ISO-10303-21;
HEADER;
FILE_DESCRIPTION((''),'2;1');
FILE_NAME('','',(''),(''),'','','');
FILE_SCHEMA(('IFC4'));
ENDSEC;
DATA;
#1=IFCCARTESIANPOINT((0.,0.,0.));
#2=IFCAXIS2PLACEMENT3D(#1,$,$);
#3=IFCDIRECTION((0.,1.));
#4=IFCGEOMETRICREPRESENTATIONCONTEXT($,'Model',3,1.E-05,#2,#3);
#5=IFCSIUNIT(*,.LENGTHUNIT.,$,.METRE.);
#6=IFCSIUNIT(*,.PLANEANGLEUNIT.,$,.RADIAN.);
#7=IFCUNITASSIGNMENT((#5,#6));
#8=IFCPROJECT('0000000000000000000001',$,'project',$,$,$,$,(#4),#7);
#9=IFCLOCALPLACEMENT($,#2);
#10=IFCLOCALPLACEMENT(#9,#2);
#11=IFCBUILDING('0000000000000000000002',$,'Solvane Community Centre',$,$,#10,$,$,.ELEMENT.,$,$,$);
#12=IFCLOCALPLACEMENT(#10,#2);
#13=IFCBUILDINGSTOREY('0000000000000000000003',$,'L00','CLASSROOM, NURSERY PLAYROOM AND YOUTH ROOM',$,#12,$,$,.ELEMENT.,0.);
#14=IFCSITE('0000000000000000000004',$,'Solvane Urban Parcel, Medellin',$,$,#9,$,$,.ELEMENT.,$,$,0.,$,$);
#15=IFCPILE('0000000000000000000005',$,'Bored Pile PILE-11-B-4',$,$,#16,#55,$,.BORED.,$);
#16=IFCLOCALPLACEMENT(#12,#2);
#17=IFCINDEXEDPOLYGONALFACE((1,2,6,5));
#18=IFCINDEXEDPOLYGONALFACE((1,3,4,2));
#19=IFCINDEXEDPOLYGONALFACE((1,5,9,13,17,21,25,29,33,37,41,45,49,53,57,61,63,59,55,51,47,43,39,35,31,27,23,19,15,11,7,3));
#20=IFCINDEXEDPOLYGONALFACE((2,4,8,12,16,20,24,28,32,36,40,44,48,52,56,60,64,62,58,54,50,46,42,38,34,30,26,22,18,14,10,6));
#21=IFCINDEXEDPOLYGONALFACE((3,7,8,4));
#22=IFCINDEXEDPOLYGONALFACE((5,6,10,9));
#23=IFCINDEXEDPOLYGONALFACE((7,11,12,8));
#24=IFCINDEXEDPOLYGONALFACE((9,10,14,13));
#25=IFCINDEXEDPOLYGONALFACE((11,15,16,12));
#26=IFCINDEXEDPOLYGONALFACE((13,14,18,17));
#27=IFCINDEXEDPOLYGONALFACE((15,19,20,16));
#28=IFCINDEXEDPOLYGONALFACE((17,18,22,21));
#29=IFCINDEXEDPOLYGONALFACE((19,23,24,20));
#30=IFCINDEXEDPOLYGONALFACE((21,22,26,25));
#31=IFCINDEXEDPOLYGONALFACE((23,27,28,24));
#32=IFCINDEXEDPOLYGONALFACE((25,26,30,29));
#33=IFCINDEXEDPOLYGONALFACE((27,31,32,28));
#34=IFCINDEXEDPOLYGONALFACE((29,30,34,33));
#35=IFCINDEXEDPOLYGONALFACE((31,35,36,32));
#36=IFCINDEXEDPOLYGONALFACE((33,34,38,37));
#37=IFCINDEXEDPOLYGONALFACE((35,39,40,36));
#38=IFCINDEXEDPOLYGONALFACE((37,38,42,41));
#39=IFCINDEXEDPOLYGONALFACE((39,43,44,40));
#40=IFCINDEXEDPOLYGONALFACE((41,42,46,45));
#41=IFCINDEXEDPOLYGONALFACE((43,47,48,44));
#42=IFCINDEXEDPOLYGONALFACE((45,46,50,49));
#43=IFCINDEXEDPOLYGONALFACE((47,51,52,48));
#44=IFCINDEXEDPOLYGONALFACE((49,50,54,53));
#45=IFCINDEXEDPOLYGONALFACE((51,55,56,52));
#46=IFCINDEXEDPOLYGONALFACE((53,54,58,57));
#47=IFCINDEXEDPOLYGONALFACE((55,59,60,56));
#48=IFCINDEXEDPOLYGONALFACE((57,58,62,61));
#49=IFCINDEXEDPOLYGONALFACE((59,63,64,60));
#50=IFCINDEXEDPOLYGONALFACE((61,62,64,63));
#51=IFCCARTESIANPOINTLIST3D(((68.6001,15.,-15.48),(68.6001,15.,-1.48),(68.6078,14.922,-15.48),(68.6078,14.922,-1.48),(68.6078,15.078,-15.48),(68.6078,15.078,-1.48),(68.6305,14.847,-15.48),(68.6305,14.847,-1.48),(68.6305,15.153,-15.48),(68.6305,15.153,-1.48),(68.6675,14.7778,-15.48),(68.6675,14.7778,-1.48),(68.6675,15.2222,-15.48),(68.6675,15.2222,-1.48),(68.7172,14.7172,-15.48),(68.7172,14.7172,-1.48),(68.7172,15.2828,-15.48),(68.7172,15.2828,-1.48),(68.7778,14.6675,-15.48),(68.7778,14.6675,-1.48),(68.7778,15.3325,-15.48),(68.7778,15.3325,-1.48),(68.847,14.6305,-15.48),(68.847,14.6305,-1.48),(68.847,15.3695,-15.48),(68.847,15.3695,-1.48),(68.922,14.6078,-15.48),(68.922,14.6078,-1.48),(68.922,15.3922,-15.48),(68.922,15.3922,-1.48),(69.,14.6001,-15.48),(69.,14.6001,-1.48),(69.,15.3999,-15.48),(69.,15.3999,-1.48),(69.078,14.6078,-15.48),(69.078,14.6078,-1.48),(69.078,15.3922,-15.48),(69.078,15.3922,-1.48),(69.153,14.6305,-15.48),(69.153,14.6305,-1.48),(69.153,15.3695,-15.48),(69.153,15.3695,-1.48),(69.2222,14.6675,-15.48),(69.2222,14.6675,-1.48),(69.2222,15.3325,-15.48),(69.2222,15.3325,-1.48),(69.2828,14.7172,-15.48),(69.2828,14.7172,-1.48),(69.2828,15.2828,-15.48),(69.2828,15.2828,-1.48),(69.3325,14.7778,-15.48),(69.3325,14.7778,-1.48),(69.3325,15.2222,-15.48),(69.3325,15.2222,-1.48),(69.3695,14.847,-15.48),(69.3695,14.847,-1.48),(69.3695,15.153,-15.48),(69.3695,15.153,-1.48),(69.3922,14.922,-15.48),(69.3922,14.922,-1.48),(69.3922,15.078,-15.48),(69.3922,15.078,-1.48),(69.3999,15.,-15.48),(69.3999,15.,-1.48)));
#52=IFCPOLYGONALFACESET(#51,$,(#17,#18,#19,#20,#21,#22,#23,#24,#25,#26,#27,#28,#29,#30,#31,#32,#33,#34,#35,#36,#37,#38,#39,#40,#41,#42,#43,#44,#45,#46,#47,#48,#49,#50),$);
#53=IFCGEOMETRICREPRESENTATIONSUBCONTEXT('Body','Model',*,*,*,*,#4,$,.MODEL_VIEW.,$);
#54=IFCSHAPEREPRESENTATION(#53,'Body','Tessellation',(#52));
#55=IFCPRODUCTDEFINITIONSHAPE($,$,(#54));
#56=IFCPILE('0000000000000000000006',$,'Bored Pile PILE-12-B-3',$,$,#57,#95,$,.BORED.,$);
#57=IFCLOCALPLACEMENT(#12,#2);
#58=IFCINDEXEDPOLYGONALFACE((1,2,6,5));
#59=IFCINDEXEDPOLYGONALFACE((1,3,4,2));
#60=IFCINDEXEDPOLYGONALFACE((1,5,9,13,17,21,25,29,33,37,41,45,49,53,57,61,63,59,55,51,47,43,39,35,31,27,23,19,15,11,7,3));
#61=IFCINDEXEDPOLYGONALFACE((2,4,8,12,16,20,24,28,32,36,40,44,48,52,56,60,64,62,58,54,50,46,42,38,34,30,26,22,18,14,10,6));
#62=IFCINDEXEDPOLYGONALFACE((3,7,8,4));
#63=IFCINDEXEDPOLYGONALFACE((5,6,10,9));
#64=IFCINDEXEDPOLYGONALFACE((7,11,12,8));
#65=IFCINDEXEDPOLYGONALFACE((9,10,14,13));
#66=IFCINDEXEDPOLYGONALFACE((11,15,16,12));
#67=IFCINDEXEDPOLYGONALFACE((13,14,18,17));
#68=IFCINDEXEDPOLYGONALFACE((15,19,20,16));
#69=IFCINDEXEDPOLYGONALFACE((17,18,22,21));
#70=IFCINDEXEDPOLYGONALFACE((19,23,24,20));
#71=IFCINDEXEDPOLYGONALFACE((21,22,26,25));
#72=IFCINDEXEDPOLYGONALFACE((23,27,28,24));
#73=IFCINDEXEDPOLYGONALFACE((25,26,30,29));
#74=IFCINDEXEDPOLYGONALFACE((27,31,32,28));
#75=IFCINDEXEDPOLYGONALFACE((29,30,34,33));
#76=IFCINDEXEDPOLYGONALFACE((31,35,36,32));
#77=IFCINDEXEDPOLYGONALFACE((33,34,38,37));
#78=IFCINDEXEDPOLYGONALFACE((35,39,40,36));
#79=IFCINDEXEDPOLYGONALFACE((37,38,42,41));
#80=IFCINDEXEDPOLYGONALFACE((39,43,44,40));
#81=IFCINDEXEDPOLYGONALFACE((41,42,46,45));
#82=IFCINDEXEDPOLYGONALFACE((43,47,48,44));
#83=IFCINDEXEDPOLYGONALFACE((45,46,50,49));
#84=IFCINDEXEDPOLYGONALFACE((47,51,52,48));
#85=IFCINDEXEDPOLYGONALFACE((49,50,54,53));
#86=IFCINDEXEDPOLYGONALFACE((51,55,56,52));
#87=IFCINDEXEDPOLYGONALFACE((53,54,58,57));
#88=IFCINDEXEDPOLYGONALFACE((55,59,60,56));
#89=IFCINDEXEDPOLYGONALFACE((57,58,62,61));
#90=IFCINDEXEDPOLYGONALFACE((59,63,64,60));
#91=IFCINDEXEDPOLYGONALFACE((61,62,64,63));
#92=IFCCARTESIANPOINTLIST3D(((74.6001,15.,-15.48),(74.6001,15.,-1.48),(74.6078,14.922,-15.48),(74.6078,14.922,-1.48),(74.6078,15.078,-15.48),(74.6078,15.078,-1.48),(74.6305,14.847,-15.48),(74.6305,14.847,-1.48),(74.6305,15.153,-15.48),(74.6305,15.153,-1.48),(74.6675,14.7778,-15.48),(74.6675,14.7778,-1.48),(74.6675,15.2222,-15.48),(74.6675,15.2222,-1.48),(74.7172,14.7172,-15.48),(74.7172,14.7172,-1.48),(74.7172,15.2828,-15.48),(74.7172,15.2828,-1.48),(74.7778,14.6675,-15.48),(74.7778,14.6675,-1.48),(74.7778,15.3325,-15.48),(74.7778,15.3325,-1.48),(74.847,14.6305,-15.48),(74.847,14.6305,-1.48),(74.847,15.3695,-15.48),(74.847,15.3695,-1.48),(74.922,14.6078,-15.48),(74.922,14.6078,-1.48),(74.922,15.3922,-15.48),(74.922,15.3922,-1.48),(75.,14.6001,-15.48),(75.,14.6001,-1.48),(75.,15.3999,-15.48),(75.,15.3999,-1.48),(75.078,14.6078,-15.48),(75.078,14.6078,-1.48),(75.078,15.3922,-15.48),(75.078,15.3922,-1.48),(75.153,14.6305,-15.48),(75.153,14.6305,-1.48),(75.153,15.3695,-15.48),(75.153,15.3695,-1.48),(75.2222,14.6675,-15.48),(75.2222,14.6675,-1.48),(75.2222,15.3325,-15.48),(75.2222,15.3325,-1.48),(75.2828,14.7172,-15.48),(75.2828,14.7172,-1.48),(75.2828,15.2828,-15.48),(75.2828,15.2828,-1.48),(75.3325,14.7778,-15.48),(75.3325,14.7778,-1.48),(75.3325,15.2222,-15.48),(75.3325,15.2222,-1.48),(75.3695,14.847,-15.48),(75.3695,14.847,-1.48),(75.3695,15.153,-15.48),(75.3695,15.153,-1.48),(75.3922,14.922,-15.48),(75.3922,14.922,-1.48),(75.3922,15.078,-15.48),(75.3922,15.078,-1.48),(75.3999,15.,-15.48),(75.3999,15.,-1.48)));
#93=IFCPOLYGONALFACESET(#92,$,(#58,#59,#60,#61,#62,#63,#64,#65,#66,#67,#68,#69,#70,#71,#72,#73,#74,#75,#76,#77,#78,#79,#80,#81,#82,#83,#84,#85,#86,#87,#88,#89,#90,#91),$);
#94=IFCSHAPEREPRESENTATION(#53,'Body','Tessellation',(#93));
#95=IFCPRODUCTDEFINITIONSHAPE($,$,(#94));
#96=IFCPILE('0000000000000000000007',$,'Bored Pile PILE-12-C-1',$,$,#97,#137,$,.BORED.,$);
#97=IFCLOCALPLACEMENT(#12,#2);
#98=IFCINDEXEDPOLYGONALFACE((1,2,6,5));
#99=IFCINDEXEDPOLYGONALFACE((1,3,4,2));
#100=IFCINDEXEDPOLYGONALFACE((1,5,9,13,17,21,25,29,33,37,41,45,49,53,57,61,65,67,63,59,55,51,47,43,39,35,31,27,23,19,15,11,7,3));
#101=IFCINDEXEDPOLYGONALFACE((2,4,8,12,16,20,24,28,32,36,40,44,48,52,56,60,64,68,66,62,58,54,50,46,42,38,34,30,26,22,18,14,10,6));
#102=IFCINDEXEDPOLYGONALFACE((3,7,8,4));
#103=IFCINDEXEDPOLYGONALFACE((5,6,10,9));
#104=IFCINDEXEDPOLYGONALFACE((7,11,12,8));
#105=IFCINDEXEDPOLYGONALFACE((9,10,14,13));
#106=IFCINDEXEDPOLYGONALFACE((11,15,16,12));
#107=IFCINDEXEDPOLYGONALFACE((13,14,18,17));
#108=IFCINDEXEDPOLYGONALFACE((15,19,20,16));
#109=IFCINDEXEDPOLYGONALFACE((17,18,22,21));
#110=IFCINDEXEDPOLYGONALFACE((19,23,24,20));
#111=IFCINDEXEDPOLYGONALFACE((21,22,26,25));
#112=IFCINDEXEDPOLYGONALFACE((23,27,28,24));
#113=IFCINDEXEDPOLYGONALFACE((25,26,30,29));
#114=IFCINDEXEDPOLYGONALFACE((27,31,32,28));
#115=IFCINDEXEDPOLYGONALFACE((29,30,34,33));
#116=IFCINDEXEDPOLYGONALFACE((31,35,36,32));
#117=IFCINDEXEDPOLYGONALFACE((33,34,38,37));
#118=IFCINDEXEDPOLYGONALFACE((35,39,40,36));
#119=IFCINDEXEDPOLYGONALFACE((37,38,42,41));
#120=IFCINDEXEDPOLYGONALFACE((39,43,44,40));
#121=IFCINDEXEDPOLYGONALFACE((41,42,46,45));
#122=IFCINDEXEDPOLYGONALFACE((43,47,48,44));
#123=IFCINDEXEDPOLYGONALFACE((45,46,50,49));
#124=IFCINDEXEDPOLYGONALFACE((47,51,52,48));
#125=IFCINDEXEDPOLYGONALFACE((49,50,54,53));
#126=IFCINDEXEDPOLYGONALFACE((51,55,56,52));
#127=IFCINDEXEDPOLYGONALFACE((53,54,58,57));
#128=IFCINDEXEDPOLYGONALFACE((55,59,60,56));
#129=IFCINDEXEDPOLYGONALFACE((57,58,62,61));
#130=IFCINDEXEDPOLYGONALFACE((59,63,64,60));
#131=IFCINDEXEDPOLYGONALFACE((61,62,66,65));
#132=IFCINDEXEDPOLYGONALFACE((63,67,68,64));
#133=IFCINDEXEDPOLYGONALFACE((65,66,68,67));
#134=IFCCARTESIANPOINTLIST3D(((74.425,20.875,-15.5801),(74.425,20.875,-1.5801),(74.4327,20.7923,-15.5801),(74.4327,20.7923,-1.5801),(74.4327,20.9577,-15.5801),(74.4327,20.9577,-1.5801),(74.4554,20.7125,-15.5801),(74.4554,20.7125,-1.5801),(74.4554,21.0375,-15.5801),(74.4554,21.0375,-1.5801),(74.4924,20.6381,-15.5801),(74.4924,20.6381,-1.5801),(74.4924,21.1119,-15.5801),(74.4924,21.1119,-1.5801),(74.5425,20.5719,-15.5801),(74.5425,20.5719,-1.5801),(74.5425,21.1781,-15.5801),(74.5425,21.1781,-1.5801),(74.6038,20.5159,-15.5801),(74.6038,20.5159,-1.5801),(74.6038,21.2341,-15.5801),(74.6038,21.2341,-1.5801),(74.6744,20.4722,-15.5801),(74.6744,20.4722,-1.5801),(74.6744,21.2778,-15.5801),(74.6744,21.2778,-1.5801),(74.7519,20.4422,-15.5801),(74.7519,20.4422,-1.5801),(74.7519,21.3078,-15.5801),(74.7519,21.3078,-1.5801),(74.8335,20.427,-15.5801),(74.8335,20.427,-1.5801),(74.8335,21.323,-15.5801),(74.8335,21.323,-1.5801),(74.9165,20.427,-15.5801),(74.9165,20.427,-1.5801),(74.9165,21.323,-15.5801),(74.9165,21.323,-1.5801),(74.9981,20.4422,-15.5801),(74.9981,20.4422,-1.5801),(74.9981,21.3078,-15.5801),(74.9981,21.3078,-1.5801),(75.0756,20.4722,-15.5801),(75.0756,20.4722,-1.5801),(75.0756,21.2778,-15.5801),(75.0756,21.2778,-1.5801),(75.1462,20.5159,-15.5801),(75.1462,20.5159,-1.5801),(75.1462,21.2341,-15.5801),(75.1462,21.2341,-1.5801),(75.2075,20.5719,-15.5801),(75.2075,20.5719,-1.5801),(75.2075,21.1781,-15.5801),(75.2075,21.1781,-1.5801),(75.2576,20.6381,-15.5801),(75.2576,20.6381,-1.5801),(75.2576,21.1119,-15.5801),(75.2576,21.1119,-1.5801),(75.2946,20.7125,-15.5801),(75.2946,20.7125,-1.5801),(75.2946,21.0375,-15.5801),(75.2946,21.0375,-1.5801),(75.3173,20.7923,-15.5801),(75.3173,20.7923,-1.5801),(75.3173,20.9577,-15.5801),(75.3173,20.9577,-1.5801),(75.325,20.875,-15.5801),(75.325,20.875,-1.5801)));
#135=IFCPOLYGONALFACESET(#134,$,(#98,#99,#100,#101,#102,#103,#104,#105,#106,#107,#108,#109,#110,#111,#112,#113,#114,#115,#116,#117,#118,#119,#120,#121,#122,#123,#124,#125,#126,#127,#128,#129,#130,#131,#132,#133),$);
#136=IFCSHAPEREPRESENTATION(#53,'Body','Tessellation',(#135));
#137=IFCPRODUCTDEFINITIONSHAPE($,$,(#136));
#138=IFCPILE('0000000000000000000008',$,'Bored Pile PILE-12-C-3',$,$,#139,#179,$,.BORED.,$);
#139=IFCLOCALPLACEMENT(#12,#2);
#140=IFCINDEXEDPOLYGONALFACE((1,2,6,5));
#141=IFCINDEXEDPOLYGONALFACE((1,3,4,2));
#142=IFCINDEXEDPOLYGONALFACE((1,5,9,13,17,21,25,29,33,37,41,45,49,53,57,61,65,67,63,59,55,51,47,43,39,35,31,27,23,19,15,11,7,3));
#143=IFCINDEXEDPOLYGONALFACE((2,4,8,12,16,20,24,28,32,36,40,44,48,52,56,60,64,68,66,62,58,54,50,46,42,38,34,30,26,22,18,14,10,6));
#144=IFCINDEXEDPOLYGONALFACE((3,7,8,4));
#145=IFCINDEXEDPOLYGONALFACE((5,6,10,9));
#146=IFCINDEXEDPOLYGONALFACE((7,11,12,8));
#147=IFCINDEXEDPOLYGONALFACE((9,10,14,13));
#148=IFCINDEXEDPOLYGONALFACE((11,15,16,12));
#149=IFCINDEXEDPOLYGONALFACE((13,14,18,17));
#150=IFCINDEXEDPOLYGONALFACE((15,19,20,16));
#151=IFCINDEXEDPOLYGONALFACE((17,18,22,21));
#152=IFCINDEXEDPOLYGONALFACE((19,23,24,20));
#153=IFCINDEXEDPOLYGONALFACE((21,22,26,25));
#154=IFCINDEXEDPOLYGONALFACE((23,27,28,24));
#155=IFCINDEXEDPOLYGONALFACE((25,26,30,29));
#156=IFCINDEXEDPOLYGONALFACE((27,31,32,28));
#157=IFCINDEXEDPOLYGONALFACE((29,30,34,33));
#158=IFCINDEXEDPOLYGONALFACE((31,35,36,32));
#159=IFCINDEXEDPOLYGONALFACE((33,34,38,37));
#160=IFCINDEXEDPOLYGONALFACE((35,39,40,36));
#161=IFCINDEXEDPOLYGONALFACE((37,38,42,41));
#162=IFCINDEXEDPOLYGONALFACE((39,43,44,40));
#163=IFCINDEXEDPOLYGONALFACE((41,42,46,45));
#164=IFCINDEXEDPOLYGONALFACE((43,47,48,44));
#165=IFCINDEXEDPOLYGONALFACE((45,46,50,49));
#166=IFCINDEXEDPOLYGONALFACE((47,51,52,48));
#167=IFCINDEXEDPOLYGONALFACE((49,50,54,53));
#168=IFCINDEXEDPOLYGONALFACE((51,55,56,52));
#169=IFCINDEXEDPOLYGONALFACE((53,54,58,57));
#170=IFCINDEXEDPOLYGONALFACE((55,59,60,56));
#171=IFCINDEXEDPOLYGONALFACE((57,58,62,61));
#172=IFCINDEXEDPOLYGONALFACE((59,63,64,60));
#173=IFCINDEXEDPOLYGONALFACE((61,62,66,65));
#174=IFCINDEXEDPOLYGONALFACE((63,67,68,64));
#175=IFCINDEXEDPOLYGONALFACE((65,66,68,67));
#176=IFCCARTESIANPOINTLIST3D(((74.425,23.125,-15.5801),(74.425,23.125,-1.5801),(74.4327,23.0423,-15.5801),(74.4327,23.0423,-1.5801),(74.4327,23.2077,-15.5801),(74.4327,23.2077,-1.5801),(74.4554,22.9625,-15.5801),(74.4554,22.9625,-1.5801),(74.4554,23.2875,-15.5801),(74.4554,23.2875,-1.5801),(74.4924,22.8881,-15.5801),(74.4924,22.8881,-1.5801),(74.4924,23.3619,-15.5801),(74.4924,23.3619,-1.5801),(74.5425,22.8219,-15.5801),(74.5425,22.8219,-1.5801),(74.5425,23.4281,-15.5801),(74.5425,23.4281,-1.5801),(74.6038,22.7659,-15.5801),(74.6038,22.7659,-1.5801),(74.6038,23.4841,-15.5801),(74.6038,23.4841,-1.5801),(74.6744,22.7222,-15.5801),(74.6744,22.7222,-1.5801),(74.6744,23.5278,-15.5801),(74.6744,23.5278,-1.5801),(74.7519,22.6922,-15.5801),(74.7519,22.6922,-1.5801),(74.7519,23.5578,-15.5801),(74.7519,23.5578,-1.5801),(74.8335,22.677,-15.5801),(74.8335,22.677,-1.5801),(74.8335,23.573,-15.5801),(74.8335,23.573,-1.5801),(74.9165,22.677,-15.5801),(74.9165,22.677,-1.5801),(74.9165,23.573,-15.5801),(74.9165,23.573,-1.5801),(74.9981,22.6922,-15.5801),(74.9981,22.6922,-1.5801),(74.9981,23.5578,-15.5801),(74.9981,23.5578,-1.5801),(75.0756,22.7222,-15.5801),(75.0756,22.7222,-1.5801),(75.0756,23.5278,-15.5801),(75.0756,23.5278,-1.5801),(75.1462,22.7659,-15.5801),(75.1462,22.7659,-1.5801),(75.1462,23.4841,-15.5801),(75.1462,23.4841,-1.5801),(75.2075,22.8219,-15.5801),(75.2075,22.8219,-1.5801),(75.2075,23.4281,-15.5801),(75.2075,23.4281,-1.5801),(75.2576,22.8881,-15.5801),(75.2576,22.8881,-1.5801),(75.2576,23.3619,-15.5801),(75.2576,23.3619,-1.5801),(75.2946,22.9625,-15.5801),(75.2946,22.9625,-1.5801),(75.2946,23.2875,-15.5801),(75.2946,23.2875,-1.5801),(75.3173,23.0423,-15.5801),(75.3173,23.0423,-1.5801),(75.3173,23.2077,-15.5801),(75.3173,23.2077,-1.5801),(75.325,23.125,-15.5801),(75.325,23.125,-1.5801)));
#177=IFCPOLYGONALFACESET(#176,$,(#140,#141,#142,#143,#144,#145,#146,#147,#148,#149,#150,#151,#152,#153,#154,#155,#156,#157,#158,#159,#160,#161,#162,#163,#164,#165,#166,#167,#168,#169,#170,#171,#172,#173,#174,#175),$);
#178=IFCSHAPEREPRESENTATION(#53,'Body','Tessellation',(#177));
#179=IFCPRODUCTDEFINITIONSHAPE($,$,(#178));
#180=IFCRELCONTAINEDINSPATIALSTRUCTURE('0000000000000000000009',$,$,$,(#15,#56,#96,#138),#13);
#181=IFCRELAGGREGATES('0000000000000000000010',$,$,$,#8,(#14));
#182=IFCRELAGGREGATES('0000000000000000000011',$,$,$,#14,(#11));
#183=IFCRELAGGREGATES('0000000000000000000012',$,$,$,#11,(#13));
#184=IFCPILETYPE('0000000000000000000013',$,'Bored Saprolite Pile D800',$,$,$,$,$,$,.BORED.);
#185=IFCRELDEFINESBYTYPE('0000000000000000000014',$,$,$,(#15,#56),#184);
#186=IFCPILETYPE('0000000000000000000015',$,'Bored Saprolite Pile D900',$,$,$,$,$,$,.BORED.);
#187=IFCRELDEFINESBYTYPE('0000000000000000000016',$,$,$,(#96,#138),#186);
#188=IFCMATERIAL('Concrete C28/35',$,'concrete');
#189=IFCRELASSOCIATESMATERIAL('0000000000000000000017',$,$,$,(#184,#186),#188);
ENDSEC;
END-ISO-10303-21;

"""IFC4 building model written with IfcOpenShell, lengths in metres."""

from ifc_helpers import new_model, si_unit, direction, frame, origin, origin_2d, place, context, subcontext, project, spatial, circle, extrude, material, material_profile, profile_set, type_object, element, save


model = new_model("IFC4")

# Units and contexts
model_context = context("Model", 3, precision=1e-05, world=origin(), true_north=direction((0.0, 1.0)))
body_context = subcontext(model_context, "Body", "Model", "MODEL_VIEW")
ifc_project = project(units=[si_unit("LENGTHUNIT", "METRE"), si_unit("PLANEANGLEUNIT", "RADIAN")], contexts=[model_context])

# Site, building, storey
site_placement = place(None, origin())
site = spatial("IfcSite", under=ifc_project, at=site_placement, Name="Solvane Urban Parcel, Medellin", CompositionType="ELEMENT", RefElevation=0.0)
building_placement = place(site_placement, origin())
building = spatial("IfcBuilding", under=site, at=building_placement, Name="Solvane Community Centre", CompositionType="ELEMENT")
storey_placement = place(building_placement, origin())
storey = spatial("IfcBuildingStorey", under=building, at=storey_placement, Name="L00", Description="CLASSROOM, NURSERY PLAYROOM AND YOUTH ROOM", CompositionType="ELEMENT", Elevation=0.0)

# Piles
ifc_material_1 = material(Name="Concrete C28/35", Category="concrete")
ifc_material_profile_1 = material_profile(ifc_material_1, circle(Radius=0.3999, at=origin_2d()), Name="PILE D800")
ifc_profile_set_1 = profile_set([ifc_material_profile_1], Name="Concrete C28/35")
pile_type_1 = type_object("IfcPileType", Name="Bored Saprolite Pile D800", PredefinedType="BORED", material=ifc_profile_set_1)
for number, where, z_axis, x_axis, name in (
    (1, (69.0, 15.0, -1.48), (0.0, 0.0, -1.0), (1.0, 0.0, 0.0), "Bored Pile PILE-11-B-4"),
    (2, (75.0, 15.0, -1.48), (0.0, 0.0, -1.0), (1.0, 0.0, 0.0), "Bored Pile PILE-12-B-3"),
):
    element("IfcPile", number, at=place(storey_placement, frame(where, z_axis=z_axis, x_axis=x_axis)), inside=storey, type_object=pile_type_1, Name=name, PredefinedType="BORED", context=body_context, shape_type="SweptSolid", body=[
        extrude(circle(Radius=0.3999, at=origin_2d()), origin(), (0.0, 0.0, 1.0), 14.0),
    ])
ifc_material_profile_2 = material_profile(ifc_material_1, circle(Radius=0.45, at=origin_2d()), Name="PILE D900")
ifc_profile_set_2 = profile_set([ifc_material_profile_2], Name="Concrete C28/35")
pile_type_2 = type_object("IfcPileType", Name="Bored Saprolite Pile D900", PredefinedType="BORED", material=ifc_profile_set_2)
for number, where, z_axis, x_axis, name in (
    (3, (74.875, 20.875, -1.5801), (0.0, 0.0, -1.0), (1.0, 0.0, 0.0), "Bored Pile PILE-12-C-1"),
    (4, (74.875, 23.125, -1.5801), (0.0, 0.0, -1.0), (1.0, 0.0, 0.0), "Bored Pile PILE-12-C-3"),
):
    element("IfcPile", number, at=place(storey_placement, frame(where, z_axis=z_axis, x_axis=x_axis)), inside=storey, type_object=pile_type_2, Name=name, PredefinedType="BORED", context=body_context, shape_type="SweptSolid", body=[
        extrude(circle(Radius=0.45, at=origin_2d()), origin(), (0.0, 0.0, 1.0), 14.0),
    ])

save(model, "model.ifc")
